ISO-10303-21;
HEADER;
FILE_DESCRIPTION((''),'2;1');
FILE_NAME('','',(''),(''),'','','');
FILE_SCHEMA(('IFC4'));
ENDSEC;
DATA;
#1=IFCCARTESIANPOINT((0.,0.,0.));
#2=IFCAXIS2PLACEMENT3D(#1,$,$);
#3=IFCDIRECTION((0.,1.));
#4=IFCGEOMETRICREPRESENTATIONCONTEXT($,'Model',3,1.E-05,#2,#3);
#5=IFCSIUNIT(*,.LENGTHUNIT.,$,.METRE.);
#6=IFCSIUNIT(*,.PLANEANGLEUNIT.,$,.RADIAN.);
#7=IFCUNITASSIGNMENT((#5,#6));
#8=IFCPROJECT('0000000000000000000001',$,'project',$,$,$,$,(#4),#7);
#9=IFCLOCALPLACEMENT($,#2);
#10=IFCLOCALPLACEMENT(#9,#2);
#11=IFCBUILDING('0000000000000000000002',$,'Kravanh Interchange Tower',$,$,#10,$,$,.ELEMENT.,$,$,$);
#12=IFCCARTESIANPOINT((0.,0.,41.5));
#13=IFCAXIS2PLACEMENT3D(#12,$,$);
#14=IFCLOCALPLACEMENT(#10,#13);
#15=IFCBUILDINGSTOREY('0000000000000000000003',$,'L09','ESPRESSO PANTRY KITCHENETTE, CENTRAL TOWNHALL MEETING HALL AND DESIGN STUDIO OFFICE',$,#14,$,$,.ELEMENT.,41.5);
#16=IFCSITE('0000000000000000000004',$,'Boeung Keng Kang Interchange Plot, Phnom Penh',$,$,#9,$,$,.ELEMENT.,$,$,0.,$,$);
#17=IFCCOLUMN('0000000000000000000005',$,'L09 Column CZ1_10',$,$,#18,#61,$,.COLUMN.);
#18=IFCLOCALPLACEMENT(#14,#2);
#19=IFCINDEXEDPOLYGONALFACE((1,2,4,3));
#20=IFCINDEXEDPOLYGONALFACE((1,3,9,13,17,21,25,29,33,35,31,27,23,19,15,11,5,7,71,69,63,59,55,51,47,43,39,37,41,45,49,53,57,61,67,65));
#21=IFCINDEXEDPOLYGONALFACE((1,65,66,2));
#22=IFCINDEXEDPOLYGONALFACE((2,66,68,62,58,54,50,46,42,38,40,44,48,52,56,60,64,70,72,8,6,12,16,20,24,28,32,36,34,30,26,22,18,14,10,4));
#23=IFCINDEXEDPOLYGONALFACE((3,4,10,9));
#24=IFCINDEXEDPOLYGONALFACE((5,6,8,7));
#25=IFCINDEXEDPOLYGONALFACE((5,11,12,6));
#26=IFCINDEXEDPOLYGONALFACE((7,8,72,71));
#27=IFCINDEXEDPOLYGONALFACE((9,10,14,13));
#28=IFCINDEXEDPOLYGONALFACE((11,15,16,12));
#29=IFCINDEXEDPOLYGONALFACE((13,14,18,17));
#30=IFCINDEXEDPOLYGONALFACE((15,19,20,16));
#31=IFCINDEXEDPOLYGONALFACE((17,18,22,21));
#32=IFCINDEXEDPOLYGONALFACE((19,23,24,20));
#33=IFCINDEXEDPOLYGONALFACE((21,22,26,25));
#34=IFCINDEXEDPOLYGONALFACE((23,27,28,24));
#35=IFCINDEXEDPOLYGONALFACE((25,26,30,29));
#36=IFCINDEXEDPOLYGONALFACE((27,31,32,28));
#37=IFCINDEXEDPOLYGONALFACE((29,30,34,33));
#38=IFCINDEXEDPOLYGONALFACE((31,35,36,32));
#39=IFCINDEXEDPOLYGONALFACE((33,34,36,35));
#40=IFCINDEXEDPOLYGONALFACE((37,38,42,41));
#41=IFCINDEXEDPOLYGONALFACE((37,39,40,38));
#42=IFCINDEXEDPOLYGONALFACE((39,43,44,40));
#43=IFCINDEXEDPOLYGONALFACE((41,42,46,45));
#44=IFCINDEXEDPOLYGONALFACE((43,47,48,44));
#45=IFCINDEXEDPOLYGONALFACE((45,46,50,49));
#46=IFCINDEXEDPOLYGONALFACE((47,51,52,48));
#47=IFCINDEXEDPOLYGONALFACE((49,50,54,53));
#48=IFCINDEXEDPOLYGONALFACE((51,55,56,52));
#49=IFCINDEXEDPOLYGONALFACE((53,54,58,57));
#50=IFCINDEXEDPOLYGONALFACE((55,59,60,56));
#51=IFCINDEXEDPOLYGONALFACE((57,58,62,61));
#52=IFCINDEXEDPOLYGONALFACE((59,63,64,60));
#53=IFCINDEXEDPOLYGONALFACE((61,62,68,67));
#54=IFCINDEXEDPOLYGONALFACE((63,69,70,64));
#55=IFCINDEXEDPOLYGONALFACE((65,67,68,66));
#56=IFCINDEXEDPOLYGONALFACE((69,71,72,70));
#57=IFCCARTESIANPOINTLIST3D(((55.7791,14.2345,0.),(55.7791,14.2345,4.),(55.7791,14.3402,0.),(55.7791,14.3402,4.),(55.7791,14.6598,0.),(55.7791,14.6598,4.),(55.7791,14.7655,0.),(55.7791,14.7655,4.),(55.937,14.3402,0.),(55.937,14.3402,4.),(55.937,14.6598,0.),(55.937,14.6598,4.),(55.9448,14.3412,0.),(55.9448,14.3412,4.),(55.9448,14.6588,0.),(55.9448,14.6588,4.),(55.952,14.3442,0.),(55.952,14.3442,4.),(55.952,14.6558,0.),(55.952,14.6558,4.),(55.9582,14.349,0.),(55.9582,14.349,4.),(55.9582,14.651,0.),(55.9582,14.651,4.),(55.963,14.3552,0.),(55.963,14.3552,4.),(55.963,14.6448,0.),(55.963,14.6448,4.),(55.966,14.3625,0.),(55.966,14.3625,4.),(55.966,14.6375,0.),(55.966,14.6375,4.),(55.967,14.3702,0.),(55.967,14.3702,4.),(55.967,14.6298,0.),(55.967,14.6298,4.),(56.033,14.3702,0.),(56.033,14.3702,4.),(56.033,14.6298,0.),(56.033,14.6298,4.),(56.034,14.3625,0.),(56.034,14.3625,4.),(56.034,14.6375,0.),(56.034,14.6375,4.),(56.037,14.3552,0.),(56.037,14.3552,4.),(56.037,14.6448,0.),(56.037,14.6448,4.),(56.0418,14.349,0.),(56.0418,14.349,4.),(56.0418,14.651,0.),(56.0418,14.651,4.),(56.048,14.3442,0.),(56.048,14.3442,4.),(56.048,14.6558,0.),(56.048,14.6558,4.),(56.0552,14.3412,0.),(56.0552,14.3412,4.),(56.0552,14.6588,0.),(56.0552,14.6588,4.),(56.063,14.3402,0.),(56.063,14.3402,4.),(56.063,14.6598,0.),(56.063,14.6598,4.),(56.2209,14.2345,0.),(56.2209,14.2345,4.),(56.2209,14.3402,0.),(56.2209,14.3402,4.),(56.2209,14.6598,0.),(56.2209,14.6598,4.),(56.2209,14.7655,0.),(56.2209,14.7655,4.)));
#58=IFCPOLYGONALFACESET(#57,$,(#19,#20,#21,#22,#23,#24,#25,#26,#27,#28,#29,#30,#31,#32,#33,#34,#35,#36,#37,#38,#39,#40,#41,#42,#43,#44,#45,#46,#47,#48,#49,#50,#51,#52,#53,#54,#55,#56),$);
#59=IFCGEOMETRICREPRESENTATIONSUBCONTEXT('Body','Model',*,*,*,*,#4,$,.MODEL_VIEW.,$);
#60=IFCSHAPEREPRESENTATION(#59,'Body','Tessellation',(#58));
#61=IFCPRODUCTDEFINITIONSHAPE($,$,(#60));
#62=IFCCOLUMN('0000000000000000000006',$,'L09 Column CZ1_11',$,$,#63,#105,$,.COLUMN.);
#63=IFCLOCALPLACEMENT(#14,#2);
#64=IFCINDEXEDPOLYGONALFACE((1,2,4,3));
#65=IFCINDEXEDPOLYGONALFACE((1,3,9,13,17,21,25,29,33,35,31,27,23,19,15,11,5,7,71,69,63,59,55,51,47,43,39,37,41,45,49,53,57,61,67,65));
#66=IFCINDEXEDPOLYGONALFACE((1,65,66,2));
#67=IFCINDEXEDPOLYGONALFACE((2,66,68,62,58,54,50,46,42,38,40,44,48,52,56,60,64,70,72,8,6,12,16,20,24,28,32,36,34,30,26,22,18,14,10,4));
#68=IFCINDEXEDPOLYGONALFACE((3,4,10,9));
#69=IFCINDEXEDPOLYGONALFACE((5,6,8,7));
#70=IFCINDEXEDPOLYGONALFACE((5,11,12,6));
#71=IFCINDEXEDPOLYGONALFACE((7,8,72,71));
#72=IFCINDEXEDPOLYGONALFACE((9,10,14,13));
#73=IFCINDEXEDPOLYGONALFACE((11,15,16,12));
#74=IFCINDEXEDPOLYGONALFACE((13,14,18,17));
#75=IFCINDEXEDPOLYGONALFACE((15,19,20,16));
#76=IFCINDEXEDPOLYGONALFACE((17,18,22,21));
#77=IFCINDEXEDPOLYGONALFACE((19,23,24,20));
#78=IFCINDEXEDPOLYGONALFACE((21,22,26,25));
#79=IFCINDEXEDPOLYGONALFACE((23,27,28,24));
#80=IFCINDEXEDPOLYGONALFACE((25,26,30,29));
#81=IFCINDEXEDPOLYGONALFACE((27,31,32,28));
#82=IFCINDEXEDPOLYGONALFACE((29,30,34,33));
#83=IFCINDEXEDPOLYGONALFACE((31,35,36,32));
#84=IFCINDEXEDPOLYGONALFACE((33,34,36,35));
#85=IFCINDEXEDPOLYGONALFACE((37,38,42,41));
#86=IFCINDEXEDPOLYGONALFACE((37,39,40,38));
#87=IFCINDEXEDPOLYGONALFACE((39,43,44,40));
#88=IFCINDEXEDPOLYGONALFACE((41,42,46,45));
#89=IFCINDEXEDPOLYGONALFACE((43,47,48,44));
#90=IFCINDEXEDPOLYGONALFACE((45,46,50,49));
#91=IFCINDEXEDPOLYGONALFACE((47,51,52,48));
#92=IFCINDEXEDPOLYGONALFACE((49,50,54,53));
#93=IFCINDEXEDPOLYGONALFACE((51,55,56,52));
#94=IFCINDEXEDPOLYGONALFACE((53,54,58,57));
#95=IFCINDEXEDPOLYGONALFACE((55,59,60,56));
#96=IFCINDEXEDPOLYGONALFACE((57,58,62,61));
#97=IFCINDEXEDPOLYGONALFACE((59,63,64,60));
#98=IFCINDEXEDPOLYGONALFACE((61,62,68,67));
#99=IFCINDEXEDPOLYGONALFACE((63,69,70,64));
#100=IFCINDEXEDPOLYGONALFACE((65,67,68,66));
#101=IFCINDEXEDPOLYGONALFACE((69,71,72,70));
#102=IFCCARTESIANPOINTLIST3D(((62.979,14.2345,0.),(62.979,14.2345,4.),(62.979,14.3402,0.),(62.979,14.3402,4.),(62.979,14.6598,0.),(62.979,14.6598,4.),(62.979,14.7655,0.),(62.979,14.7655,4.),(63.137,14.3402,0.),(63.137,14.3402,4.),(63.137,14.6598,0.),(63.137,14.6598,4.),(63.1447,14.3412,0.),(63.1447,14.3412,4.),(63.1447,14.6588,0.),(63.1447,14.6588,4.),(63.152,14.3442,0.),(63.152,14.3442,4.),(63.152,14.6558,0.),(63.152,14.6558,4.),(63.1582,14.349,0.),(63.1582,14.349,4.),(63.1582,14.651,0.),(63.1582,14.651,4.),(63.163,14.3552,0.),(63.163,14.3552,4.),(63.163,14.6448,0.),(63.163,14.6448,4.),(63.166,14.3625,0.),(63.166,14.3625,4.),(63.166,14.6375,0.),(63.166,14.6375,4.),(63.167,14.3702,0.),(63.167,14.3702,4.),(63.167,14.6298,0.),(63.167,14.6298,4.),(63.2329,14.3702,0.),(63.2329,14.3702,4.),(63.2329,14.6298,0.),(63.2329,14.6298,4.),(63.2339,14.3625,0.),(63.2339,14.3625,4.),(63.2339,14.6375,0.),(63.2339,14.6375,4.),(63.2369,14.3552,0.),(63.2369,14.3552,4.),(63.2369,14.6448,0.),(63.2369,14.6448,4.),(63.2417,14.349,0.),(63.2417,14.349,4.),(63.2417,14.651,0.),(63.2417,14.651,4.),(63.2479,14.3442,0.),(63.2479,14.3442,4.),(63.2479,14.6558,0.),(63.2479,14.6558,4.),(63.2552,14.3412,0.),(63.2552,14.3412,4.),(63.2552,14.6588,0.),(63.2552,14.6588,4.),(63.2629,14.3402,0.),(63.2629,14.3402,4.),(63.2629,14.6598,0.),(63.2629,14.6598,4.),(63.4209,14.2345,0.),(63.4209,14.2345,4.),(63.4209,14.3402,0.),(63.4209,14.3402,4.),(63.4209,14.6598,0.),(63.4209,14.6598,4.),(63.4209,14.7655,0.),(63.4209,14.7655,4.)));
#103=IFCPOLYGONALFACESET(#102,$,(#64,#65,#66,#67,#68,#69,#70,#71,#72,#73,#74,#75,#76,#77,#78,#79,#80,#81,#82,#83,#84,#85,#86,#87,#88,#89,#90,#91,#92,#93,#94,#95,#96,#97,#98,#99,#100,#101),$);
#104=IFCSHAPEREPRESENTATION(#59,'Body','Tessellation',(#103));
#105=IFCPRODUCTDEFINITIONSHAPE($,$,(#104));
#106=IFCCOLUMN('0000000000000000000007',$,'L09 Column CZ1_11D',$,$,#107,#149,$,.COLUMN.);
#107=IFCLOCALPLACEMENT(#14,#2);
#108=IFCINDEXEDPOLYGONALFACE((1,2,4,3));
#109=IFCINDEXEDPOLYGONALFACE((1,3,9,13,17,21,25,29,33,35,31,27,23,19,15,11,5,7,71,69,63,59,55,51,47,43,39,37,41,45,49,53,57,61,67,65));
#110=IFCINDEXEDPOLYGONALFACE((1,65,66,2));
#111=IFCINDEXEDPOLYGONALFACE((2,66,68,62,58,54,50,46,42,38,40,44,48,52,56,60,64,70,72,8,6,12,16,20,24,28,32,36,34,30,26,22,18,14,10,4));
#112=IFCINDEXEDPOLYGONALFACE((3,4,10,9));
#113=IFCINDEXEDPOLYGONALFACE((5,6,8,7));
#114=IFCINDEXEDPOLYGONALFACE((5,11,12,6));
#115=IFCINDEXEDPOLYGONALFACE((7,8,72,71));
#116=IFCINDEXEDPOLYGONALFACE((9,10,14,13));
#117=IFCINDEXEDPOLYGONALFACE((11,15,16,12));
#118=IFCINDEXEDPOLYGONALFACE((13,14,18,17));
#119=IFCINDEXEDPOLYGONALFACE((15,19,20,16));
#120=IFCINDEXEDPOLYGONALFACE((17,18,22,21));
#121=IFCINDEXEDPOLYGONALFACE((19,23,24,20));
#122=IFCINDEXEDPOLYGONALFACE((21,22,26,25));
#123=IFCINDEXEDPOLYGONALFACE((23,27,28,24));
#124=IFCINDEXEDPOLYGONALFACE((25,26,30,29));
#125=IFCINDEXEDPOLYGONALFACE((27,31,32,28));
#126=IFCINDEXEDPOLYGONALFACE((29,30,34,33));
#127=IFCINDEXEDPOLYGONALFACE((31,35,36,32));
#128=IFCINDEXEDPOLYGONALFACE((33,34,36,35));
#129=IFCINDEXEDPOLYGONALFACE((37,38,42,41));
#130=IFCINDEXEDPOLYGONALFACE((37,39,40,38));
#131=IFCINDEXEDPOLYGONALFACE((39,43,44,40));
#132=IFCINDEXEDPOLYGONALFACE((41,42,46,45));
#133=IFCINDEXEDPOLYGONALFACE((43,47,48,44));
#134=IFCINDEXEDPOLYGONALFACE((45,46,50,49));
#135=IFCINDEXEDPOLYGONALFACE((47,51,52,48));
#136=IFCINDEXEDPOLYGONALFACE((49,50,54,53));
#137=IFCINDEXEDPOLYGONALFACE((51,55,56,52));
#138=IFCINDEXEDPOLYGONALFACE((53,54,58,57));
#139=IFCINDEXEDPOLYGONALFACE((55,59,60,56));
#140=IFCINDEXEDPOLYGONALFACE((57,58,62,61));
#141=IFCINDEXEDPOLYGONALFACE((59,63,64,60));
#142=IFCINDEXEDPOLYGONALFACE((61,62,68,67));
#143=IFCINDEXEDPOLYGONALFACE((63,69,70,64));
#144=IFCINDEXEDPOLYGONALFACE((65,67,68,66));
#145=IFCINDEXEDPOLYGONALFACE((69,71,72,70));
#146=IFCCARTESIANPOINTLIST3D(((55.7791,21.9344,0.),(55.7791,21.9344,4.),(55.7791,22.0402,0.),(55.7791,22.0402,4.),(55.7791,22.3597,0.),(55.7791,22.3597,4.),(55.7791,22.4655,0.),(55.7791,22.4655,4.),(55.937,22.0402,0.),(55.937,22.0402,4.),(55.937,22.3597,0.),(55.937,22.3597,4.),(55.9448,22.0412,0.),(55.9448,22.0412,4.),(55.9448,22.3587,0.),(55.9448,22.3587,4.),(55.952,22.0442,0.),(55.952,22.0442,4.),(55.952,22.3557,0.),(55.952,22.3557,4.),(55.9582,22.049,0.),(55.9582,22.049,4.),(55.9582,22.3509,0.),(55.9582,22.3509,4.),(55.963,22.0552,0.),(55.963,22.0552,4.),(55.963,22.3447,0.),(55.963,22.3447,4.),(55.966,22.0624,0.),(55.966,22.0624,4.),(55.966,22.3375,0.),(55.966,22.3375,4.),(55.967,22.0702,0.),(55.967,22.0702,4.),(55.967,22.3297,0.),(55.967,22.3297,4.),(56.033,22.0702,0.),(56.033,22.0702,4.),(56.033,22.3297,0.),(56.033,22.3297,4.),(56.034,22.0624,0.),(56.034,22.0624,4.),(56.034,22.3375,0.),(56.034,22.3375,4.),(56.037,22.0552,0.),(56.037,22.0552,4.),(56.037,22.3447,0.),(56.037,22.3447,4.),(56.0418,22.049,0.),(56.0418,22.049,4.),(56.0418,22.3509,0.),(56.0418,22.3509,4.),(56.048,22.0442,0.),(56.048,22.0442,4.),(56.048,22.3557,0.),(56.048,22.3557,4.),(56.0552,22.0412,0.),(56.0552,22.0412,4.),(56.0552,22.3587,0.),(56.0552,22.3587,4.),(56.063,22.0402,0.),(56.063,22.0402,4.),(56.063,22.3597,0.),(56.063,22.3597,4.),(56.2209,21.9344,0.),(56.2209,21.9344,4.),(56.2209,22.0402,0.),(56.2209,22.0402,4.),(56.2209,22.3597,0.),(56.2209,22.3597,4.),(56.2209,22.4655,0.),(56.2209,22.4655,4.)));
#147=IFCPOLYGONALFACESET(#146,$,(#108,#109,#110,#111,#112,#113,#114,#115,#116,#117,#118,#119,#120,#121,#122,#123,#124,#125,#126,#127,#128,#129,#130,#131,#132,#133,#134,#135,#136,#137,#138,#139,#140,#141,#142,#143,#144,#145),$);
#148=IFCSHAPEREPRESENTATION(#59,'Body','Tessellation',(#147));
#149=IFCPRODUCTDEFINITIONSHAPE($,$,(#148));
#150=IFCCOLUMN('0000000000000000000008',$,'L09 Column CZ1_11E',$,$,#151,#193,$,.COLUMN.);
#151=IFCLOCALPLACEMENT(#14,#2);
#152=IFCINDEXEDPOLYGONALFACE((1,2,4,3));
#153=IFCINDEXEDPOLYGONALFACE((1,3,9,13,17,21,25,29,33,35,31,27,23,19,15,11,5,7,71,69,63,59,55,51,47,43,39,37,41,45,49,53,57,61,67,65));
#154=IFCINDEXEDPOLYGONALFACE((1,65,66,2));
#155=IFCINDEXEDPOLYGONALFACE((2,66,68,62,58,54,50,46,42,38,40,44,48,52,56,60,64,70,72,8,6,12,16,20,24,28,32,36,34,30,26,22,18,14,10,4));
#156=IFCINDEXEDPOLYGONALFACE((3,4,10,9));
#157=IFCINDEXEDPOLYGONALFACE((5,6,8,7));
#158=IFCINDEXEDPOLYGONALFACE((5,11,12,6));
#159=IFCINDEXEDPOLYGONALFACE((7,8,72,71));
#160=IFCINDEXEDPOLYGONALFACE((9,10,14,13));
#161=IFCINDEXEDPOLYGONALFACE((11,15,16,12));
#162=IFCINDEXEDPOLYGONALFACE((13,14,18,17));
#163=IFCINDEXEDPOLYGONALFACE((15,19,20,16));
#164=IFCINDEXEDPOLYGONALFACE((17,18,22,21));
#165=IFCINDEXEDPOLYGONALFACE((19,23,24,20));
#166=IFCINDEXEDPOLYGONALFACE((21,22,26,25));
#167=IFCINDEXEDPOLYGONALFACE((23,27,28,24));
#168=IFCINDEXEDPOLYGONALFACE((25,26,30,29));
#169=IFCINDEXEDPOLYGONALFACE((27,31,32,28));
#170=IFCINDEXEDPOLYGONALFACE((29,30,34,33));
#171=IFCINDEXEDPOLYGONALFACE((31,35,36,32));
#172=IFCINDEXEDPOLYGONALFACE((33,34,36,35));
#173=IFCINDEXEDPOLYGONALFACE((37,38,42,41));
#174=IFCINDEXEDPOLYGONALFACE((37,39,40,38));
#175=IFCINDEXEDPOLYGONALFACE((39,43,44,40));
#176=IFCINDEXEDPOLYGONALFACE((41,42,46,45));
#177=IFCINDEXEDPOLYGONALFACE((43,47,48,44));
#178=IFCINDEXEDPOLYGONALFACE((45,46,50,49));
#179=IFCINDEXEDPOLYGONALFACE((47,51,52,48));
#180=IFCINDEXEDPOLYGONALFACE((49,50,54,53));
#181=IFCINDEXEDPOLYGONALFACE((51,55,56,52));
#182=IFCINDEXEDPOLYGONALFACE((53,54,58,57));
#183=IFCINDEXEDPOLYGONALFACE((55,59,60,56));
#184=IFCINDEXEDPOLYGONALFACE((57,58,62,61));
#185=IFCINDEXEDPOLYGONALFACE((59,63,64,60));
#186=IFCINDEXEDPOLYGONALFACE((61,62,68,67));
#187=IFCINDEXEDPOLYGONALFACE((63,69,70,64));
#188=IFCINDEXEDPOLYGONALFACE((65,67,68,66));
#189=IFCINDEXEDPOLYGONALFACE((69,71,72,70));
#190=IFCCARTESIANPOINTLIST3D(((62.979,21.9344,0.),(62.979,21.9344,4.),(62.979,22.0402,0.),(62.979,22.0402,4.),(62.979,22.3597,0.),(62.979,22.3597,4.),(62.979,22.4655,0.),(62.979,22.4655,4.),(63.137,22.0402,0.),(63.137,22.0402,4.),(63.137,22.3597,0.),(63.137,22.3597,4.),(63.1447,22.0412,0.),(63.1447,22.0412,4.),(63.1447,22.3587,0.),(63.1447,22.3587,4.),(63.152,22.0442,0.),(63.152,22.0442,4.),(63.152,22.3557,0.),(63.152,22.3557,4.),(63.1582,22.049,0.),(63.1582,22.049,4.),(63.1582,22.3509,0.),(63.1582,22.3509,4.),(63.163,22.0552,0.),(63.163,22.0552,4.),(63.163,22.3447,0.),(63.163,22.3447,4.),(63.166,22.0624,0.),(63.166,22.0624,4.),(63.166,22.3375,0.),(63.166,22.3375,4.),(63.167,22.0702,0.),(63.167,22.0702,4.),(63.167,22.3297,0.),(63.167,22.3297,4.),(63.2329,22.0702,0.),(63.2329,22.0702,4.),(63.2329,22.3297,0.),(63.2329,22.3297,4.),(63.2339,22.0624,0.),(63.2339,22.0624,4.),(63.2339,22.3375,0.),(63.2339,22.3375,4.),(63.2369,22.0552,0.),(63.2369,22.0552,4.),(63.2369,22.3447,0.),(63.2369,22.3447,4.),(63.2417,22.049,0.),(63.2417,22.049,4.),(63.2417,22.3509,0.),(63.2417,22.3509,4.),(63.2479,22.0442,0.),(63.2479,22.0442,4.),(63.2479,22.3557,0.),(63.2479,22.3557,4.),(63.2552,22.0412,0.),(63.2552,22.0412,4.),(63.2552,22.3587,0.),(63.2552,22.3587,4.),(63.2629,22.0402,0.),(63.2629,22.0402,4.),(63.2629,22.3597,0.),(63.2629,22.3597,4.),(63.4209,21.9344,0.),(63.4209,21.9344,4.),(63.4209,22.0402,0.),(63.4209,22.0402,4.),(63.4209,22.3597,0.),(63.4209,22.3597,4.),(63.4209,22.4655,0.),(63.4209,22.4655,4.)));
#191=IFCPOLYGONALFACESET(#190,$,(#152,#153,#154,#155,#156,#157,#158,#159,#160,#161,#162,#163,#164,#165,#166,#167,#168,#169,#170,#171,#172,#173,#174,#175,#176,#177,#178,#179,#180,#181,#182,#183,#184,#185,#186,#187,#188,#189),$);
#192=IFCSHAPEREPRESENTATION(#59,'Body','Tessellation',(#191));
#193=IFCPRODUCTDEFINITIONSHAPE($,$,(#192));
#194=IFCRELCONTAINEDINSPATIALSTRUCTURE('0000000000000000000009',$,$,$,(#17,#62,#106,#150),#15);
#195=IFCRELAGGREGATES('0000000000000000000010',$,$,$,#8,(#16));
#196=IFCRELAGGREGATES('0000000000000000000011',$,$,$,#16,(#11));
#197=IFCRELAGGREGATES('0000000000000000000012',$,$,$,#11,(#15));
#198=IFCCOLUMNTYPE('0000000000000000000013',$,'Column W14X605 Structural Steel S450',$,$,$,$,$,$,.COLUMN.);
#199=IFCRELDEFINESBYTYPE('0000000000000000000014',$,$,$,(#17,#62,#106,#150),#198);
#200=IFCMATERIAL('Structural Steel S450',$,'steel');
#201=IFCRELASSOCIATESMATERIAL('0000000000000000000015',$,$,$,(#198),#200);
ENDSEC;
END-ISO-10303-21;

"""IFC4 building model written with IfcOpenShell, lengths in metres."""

from ifc_helpers import new_model, si_unit, direction, frame, origin, origin_2d, place, context, subcontext, project, spatial, i_section, extrude, material, material_profile, profile_set, type_object, element, save


model = new_model("IFC4")

# Units and contexts
model_context = context("Model", 3, precision=1e-05, world=origin(), true_north=direction((0.0, 1.0)))
body_context = subcontext(model_context, "Body", "Model", "MODEL_VIEW")
ifc_project = project(units=[si_unit("LENGTHUNIT", "METRE"), si_unit("PLANEANGLEUNIT", "RADIAN")], contexts=[model_context])

# Site, building, storey
site_placement = place(None, origin())
site = spatial("IfcSite", under=ifc_project, at=site_placement, Name="Boeung Keng Kang Interchange Plot, Phnom Penh", CompositionType="ELEMENT", RefElevation=0.0)
building_placement = place(site_placement, origin())
building = spatial("IfcBuilding", under=site, at=building_placement, Name="Kravanh Interchange Tower", CompositionType="ELEMENT")
storey_placement = place(building_placement, frame((0.0, 0.0, 41.5)))
storey = spatial("IfcBuildingStorey", under=building, at=storey_placement, Name="L09", Description="ESPRESSO PANTRY KITCHENETTE, CENTRAL TOWNHALL MEETING HALL AND DESIGN STUDIO OFFICE", CompositionType="ELEMENT", Elevation=41.5)

# Columns
ifc_material_1 = material(Name="Structural Steel S450", Category="steel")
ifc_material_profile_1 = material_profile(ifc_material_1, i_section(OverallWidth=0.4419, OverallDepth=0.531, WebThickness=0.0659, FlangeThickness=0.1057, FilletRadius=0.03, at=origin_2d()), Name="W14X605")
ifc_profile_set_1 = profile_set([ifc_material_profile_1], Name="Structural Steel S450")
column_type = type_object("IfcColumnType", Name="Column W14X605 Structural Steel S450", PredefinedType="COLUMN", material=ifc_profile_set_1)
for number, where, z_axis, x_axis, name in (
    (1, (56.0, 14.5, 0.0), (0.0, 0.0, 1.0), (1.0, 0.0, 0.0), "L09 Column CZ1_10"),
    (2, (63.2, 14.5, 0.0), (0.0, 0.0, 1.0), (1.0, 0.0, 0.0), "L09 Column CZ1_11"),
    (3, (56.0, 22.2, 0.0), (0.0, 0.0, 1.0), (1.0, 0.0, 0.0), "L09 Column CZ1_11D"),
    (4, (63.2, 22.2, 0.0), (0.0, 0.0, 1.0), (1.0, 0.0, 0.0), "L09 Column CZ1_11E"),
):
    element("IfcColumn", number, at=place(storey_placement, frame(where, z_axis=z_axis, x_axis=x_axis)), inside=storey, type_object=column_type, Name=name, PredefinedType="COLUMN", context=body_context, shape_type="SweptSolid", body=[
        extrude(i_section(OverallWidth=0.4419, OverallDepth=0.531, WebThickness=0.0659, FlangeThickness=0.1057, FilletRadius=0.03, at=origin_2d()), origin(), (0.0, 0.0, 1.0), 4.0),
    ])

save(model, "model.ifc")
